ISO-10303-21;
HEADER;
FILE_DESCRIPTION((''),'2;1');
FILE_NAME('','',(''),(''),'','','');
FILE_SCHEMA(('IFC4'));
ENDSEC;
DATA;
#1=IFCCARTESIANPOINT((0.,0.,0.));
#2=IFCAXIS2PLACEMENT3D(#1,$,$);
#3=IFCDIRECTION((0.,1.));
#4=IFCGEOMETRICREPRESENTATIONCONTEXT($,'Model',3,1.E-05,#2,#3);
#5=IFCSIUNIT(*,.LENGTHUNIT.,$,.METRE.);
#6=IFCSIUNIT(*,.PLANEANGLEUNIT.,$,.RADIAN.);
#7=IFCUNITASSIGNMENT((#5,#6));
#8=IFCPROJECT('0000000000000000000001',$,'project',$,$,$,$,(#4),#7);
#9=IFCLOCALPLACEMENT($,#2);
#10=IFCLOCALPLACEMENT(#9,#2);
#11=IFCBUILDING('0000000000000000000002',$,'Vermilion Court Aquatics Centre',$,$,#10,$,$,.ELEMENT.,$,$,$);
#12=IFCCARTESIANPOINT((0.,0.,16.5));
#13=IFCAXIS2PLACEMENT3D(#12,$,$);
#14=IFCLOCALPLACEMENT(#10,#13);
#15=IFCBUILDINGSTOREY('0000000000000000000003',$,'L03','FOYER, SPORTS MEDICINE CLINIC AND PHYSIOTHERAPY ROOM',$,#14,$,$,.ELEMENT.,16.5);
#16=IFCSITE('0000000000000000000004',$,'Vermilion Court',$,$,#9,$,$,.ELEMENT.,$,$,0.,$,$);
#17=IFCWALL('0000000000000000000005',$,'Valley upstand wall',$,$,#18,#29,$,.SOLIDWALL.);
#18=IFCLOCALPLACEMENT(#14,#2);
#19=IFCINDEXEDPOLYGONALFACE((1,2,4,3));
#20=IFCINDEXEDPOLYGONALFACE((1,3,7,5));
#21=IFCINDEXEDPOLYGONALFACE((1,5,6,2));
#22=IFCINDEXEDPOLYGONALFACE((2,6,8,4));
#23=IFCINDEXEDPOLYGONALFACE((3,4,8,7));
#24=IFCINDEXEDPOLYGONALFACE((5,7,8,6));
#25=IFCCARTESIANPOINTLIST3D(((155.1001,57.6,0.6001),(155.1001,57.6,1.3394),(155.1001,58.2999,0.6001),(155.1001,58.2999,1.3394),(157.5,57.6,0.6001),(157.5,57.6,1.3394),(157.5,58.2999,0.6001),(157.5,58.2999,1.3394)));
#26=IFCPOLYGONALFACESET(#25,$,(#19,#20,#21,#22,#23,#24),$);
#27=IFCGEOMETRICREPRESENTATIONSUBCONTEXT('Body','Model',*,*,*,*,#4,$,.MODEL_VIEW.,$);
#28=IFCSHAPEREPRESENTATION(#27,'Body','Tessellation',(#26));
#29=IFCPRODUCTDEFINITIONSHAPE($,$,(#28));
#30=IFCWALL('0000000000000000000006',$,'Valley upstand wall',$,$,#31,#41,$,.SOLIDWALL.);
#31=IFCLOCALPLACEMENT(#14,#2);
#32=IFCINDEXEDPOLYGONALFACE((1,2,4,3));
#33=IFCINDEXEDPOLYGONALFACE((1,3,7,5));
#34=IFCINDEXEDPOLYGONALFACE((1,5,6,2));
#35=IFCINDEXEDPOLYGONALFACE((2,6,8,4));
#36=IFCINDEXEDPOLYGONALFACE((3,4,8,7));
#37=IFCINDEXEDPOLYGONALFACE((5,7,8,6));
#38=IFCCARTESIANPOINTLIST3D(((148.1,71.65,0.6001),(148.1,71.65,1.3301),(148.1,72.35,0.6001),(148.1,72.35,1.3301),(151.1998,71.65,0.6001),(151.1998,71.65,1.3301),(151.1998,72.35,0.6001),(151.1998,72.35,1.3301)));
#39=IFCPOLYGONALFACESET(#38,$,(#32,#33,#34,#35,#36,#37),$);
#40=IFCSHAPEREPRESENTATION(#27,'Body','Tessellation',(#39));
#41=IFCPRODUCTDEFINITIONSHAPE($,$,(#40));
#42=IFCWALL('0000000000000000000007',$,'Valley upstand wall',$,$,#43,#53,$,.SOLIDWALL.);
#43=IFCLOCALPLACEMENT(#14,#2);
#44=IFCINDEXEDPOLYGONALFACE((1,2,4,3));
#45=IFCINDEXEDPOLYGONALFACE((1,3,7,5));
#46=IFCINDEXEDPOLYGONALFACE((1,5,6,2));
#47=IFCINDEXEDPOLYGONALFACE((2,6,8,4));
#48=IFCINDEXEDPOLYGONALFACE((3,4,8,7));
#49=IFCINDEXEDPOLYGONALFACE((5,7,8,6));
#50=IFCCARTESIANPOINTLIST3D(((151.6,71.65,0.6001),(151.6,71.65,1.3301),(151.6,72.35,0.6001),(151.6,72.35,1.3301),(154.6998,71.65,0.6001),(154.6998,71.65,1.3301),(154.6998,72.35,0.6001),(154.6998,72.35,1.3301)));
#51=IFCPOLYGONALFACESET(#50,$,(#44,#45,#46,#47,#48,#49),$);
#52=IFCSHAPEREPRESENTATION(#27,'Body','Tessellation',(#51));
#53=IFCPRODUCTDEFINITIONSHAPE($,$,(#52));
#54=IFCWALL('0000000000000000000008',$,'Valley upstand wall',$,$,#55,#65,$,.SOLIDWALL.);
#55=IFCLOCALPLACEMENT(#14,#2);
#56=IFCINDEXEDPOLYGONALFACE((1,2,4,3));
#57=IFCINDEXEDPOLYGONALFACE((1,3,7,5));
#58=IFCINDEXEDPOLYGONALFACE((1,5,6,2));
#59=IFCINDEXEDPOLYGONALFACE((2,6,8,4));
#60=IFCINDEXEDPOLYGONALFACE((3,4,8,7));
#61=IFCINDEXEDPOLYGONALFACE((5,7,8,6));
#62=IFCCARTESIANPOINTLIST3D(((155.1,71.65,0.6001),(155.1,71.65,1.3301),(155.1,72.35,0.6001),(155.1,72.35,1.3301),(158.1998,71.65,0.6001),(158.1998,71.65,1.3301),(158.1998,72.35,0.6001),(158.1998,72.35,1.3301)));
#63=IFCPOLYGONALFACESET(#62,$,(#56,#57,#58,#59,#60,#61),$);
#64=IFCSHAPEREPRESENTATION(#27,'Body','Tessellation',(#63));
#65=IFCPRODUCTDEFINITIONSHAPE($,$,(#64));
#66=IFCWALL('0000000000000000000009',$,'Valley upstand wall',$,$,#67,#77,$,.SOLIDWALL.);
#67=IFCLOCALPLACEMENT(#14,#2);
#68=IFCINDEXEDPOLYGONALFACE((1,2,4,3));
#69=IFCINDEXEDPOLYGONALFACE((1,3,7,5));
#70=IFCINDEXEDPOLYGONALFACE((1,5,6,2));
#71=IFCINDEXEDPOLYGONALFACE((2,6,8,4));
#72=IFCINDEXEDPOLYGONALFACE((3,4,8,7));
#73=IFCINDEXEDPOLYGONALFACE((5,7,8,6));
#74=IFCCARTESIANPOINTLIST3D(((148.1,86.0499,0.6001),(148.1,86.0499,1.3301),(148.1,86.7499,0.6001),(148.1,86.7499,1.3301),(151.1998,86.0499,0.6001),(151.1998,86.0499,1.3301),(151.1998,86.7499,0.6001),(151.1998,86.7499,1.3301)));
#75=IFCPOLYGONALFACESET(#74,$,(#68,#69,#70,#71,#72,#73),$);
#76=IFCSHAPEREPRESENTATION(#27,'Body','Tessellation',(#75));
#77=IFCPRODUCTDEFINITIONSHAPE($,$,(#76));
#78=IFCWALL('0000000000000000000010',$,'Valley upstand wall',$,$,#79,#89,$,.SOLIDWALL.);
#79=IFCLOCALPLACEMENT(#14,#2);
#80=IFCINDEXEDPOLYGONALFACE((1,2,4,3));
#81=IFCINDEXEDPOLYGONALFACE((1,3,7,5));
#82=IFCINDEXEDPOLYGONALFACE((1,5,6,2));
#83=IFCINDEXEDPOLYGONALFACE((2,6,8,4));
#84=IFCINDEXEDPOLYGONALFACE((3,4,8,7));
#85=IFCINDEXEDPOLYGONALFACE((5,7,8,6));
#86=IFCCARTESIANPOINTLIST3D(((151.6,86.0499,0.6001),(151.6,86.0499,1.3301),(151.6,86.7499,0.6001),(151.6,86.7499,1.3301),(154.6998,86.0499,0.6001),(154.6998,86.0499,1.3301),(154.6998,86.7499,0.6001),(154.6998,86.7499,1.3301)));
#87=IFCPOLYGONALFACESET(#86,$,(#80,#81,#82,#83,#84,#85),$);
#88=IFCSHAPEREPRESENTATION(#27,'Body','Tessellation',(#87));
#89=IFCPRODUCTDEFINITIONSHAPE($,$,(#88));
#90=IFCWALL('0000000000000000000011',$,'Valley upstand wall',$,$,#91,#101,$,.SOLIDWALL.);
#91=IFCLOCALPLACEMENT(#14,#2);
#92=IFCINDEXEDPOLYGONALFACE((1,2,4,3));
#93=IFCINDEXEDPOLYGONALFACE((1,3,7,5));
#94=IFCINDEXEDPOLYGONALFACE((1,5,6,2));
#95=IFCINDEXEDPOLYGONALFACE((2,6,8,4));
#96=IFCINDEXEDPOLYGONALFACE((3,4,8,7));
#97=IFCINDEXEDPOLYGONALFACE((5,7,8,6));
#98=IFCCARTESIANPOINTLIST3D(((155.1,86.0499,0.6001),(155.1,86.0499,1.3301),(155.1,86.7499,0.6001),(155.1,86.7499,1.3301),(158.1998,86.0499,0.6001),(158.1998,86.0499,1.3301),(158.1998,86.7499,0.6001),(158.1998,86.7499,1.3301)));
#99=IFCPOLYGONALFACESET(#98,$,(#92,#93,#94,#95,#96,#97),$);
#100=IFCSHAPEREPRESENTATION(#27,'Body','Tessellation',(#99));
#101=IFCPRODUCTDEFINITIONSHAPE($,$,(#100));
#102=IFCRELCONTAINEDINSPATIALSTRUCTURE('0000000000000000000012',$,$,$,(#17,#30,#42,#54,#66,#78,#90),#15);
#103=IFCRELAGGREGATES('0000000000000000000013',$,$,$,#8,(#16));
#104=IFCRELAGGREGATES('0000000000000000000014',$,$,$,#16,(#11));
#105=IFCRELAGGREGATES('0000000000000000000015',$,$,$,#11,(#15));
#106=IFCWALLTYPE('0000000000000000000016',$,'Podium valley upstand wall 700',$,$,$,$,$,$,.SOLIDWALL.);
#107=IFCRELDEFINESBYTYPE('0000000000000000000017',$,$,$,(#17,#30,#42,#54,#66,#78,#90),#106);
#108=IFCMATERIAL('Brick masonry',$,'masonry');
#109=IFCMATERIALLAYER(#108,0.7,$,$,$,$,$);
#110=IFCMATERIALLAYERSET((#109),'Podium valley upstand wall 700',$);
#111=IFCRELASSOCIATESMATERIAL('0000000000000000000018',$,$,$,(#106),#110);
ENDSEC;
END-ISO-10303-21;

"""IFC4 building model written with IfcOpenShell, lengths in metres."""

from ifc_helpers import new_model, si_unit, direction, frame, frame_2d, origin, place, context, subcontext, project, spatial, rectangle, extrude, material, layer, layer_set, type_object, element, save


model = new_model("IFC4")

# Units and contexts
model_context = context("Model", 3, precision=1e-05, world=origin(), true_north=direction((0.0, 1.0)))
body_context = subcontext(model_context, "Body", "Model", "MODEL_VIEW")
ifc_project = project(units=[si_unit("LENGTHUNIT", "METRE"), si_unit("PLANEANGLEUNIT", "RADIAN")], contexts=[model_context])

# Site, building, storey
site_placement = place(None, origin())
site = spatial("IfcSite", under=ifc_project, at=site_placement, Name="Vermilion Court", CompositionType="ELEMENT", RefElevation=0.0)
building_placement = place(site_placement, origin())
building = spatial("IfcBuilding", under=site, at=building_placement, Name="Vermilion Court Aquatics Centre", CompositionType="ELEMENT")
storey_placement = place(building_placement, frame((0.0, 0.0, 16.5)))
storey = spatial("IfcBuildingStorey", under=building, at=storey_placement, Name="L03", Description="FOYER, SPORTS MEDICINE CLINIC AND PHYSIOTHERAPY ROOM", CompositionType="ELEMENT", Elevation=16.5)

# Walls
ifc_material_1 = material(Name="Brick masonry", Category="masonry")
ifc_layer_1 = layer(ifc_material_1, 0.7)
ifc_layer_set_1 = layer_set([ifc_layer_1], Name="Podium valley upstand wall 700")
wall_type_1 = type_object("IfcWallType", Name="Podium valley upstand wall 700", PredefinedType="SOLIDWALL", material=ifc_layer_set_1)
wall_1_placement = place(storey_placement, frame((155.1001, 57.95, 0.6001), z_axis=(0.0, 0.0, 1.0), x_axis=(1.0, 0.0, 0.0)))
element("IfcWall", 1, at=wall_1_placement, inside=storey, type_object=wall_type_1, Name="Valley upstand wall", PredefinedType="SOLIDWALL", context=body_context, shape_type="SweptSolid", body=[
    extrude(rectangle(XDim=2.3999, YDim=0.7, at=frame_2d((1.2, 0.0))), origin(), (0.0, 0.0, 1.0), 0.7393),
])
for number, where, z_axis, x_axis, name in (
    (2, (148.1001, 72.0, 0.6001), (0.0, 0.0, 1.0), (1.0, 0.0, 0.0), "Valley upstand wall"),
    (3, (151.6001, 72.0, 0.6001), (0.0, 0.0, 1.0), (1.0, 0.0, 0.0), "Valley upstand wall"),
    (4, (155.1001, 72.0, 0.6001), (0.0, 0.0, 1.0), (1.0, 0.0, 0.0), "Valley upstand wall"),
    (5, (148.1001, 86.3999, 0.6001), (0.0, 0.0, 1.0), (1.0, 0.0, 0.0), "Valley upstand wall"),
    (6, (151.6001, 86.3999, 0.6001), (0.0, 0.0, 1.0), (1.0, 0.0, 0.0), "Valley upstand wall"),
    (7, (155.1001, 86.3999, 0.6001), (0.0, 0.0, 1.0), (1.0, 0.0, 0.0), "Valley upstand wall"),
):
    element("IfcWall", number, at=place(storey_placement, frame(where, z_axis=z_axis, x_axis=x_axis)), inside=storey, type_object=wall_type_1, Name=name, PredefinedType="SOLIDWALL", context=body_context, shape_type="SweptSolid", body=[
        extrude(rectangle(XDim=3.0999, YDim=0.7, at=frame_2d((1.5498, 0.0))), origin(), (0.0, 0.0, 1.0), 0.73),
    ])

save(model, "model.ifc")
